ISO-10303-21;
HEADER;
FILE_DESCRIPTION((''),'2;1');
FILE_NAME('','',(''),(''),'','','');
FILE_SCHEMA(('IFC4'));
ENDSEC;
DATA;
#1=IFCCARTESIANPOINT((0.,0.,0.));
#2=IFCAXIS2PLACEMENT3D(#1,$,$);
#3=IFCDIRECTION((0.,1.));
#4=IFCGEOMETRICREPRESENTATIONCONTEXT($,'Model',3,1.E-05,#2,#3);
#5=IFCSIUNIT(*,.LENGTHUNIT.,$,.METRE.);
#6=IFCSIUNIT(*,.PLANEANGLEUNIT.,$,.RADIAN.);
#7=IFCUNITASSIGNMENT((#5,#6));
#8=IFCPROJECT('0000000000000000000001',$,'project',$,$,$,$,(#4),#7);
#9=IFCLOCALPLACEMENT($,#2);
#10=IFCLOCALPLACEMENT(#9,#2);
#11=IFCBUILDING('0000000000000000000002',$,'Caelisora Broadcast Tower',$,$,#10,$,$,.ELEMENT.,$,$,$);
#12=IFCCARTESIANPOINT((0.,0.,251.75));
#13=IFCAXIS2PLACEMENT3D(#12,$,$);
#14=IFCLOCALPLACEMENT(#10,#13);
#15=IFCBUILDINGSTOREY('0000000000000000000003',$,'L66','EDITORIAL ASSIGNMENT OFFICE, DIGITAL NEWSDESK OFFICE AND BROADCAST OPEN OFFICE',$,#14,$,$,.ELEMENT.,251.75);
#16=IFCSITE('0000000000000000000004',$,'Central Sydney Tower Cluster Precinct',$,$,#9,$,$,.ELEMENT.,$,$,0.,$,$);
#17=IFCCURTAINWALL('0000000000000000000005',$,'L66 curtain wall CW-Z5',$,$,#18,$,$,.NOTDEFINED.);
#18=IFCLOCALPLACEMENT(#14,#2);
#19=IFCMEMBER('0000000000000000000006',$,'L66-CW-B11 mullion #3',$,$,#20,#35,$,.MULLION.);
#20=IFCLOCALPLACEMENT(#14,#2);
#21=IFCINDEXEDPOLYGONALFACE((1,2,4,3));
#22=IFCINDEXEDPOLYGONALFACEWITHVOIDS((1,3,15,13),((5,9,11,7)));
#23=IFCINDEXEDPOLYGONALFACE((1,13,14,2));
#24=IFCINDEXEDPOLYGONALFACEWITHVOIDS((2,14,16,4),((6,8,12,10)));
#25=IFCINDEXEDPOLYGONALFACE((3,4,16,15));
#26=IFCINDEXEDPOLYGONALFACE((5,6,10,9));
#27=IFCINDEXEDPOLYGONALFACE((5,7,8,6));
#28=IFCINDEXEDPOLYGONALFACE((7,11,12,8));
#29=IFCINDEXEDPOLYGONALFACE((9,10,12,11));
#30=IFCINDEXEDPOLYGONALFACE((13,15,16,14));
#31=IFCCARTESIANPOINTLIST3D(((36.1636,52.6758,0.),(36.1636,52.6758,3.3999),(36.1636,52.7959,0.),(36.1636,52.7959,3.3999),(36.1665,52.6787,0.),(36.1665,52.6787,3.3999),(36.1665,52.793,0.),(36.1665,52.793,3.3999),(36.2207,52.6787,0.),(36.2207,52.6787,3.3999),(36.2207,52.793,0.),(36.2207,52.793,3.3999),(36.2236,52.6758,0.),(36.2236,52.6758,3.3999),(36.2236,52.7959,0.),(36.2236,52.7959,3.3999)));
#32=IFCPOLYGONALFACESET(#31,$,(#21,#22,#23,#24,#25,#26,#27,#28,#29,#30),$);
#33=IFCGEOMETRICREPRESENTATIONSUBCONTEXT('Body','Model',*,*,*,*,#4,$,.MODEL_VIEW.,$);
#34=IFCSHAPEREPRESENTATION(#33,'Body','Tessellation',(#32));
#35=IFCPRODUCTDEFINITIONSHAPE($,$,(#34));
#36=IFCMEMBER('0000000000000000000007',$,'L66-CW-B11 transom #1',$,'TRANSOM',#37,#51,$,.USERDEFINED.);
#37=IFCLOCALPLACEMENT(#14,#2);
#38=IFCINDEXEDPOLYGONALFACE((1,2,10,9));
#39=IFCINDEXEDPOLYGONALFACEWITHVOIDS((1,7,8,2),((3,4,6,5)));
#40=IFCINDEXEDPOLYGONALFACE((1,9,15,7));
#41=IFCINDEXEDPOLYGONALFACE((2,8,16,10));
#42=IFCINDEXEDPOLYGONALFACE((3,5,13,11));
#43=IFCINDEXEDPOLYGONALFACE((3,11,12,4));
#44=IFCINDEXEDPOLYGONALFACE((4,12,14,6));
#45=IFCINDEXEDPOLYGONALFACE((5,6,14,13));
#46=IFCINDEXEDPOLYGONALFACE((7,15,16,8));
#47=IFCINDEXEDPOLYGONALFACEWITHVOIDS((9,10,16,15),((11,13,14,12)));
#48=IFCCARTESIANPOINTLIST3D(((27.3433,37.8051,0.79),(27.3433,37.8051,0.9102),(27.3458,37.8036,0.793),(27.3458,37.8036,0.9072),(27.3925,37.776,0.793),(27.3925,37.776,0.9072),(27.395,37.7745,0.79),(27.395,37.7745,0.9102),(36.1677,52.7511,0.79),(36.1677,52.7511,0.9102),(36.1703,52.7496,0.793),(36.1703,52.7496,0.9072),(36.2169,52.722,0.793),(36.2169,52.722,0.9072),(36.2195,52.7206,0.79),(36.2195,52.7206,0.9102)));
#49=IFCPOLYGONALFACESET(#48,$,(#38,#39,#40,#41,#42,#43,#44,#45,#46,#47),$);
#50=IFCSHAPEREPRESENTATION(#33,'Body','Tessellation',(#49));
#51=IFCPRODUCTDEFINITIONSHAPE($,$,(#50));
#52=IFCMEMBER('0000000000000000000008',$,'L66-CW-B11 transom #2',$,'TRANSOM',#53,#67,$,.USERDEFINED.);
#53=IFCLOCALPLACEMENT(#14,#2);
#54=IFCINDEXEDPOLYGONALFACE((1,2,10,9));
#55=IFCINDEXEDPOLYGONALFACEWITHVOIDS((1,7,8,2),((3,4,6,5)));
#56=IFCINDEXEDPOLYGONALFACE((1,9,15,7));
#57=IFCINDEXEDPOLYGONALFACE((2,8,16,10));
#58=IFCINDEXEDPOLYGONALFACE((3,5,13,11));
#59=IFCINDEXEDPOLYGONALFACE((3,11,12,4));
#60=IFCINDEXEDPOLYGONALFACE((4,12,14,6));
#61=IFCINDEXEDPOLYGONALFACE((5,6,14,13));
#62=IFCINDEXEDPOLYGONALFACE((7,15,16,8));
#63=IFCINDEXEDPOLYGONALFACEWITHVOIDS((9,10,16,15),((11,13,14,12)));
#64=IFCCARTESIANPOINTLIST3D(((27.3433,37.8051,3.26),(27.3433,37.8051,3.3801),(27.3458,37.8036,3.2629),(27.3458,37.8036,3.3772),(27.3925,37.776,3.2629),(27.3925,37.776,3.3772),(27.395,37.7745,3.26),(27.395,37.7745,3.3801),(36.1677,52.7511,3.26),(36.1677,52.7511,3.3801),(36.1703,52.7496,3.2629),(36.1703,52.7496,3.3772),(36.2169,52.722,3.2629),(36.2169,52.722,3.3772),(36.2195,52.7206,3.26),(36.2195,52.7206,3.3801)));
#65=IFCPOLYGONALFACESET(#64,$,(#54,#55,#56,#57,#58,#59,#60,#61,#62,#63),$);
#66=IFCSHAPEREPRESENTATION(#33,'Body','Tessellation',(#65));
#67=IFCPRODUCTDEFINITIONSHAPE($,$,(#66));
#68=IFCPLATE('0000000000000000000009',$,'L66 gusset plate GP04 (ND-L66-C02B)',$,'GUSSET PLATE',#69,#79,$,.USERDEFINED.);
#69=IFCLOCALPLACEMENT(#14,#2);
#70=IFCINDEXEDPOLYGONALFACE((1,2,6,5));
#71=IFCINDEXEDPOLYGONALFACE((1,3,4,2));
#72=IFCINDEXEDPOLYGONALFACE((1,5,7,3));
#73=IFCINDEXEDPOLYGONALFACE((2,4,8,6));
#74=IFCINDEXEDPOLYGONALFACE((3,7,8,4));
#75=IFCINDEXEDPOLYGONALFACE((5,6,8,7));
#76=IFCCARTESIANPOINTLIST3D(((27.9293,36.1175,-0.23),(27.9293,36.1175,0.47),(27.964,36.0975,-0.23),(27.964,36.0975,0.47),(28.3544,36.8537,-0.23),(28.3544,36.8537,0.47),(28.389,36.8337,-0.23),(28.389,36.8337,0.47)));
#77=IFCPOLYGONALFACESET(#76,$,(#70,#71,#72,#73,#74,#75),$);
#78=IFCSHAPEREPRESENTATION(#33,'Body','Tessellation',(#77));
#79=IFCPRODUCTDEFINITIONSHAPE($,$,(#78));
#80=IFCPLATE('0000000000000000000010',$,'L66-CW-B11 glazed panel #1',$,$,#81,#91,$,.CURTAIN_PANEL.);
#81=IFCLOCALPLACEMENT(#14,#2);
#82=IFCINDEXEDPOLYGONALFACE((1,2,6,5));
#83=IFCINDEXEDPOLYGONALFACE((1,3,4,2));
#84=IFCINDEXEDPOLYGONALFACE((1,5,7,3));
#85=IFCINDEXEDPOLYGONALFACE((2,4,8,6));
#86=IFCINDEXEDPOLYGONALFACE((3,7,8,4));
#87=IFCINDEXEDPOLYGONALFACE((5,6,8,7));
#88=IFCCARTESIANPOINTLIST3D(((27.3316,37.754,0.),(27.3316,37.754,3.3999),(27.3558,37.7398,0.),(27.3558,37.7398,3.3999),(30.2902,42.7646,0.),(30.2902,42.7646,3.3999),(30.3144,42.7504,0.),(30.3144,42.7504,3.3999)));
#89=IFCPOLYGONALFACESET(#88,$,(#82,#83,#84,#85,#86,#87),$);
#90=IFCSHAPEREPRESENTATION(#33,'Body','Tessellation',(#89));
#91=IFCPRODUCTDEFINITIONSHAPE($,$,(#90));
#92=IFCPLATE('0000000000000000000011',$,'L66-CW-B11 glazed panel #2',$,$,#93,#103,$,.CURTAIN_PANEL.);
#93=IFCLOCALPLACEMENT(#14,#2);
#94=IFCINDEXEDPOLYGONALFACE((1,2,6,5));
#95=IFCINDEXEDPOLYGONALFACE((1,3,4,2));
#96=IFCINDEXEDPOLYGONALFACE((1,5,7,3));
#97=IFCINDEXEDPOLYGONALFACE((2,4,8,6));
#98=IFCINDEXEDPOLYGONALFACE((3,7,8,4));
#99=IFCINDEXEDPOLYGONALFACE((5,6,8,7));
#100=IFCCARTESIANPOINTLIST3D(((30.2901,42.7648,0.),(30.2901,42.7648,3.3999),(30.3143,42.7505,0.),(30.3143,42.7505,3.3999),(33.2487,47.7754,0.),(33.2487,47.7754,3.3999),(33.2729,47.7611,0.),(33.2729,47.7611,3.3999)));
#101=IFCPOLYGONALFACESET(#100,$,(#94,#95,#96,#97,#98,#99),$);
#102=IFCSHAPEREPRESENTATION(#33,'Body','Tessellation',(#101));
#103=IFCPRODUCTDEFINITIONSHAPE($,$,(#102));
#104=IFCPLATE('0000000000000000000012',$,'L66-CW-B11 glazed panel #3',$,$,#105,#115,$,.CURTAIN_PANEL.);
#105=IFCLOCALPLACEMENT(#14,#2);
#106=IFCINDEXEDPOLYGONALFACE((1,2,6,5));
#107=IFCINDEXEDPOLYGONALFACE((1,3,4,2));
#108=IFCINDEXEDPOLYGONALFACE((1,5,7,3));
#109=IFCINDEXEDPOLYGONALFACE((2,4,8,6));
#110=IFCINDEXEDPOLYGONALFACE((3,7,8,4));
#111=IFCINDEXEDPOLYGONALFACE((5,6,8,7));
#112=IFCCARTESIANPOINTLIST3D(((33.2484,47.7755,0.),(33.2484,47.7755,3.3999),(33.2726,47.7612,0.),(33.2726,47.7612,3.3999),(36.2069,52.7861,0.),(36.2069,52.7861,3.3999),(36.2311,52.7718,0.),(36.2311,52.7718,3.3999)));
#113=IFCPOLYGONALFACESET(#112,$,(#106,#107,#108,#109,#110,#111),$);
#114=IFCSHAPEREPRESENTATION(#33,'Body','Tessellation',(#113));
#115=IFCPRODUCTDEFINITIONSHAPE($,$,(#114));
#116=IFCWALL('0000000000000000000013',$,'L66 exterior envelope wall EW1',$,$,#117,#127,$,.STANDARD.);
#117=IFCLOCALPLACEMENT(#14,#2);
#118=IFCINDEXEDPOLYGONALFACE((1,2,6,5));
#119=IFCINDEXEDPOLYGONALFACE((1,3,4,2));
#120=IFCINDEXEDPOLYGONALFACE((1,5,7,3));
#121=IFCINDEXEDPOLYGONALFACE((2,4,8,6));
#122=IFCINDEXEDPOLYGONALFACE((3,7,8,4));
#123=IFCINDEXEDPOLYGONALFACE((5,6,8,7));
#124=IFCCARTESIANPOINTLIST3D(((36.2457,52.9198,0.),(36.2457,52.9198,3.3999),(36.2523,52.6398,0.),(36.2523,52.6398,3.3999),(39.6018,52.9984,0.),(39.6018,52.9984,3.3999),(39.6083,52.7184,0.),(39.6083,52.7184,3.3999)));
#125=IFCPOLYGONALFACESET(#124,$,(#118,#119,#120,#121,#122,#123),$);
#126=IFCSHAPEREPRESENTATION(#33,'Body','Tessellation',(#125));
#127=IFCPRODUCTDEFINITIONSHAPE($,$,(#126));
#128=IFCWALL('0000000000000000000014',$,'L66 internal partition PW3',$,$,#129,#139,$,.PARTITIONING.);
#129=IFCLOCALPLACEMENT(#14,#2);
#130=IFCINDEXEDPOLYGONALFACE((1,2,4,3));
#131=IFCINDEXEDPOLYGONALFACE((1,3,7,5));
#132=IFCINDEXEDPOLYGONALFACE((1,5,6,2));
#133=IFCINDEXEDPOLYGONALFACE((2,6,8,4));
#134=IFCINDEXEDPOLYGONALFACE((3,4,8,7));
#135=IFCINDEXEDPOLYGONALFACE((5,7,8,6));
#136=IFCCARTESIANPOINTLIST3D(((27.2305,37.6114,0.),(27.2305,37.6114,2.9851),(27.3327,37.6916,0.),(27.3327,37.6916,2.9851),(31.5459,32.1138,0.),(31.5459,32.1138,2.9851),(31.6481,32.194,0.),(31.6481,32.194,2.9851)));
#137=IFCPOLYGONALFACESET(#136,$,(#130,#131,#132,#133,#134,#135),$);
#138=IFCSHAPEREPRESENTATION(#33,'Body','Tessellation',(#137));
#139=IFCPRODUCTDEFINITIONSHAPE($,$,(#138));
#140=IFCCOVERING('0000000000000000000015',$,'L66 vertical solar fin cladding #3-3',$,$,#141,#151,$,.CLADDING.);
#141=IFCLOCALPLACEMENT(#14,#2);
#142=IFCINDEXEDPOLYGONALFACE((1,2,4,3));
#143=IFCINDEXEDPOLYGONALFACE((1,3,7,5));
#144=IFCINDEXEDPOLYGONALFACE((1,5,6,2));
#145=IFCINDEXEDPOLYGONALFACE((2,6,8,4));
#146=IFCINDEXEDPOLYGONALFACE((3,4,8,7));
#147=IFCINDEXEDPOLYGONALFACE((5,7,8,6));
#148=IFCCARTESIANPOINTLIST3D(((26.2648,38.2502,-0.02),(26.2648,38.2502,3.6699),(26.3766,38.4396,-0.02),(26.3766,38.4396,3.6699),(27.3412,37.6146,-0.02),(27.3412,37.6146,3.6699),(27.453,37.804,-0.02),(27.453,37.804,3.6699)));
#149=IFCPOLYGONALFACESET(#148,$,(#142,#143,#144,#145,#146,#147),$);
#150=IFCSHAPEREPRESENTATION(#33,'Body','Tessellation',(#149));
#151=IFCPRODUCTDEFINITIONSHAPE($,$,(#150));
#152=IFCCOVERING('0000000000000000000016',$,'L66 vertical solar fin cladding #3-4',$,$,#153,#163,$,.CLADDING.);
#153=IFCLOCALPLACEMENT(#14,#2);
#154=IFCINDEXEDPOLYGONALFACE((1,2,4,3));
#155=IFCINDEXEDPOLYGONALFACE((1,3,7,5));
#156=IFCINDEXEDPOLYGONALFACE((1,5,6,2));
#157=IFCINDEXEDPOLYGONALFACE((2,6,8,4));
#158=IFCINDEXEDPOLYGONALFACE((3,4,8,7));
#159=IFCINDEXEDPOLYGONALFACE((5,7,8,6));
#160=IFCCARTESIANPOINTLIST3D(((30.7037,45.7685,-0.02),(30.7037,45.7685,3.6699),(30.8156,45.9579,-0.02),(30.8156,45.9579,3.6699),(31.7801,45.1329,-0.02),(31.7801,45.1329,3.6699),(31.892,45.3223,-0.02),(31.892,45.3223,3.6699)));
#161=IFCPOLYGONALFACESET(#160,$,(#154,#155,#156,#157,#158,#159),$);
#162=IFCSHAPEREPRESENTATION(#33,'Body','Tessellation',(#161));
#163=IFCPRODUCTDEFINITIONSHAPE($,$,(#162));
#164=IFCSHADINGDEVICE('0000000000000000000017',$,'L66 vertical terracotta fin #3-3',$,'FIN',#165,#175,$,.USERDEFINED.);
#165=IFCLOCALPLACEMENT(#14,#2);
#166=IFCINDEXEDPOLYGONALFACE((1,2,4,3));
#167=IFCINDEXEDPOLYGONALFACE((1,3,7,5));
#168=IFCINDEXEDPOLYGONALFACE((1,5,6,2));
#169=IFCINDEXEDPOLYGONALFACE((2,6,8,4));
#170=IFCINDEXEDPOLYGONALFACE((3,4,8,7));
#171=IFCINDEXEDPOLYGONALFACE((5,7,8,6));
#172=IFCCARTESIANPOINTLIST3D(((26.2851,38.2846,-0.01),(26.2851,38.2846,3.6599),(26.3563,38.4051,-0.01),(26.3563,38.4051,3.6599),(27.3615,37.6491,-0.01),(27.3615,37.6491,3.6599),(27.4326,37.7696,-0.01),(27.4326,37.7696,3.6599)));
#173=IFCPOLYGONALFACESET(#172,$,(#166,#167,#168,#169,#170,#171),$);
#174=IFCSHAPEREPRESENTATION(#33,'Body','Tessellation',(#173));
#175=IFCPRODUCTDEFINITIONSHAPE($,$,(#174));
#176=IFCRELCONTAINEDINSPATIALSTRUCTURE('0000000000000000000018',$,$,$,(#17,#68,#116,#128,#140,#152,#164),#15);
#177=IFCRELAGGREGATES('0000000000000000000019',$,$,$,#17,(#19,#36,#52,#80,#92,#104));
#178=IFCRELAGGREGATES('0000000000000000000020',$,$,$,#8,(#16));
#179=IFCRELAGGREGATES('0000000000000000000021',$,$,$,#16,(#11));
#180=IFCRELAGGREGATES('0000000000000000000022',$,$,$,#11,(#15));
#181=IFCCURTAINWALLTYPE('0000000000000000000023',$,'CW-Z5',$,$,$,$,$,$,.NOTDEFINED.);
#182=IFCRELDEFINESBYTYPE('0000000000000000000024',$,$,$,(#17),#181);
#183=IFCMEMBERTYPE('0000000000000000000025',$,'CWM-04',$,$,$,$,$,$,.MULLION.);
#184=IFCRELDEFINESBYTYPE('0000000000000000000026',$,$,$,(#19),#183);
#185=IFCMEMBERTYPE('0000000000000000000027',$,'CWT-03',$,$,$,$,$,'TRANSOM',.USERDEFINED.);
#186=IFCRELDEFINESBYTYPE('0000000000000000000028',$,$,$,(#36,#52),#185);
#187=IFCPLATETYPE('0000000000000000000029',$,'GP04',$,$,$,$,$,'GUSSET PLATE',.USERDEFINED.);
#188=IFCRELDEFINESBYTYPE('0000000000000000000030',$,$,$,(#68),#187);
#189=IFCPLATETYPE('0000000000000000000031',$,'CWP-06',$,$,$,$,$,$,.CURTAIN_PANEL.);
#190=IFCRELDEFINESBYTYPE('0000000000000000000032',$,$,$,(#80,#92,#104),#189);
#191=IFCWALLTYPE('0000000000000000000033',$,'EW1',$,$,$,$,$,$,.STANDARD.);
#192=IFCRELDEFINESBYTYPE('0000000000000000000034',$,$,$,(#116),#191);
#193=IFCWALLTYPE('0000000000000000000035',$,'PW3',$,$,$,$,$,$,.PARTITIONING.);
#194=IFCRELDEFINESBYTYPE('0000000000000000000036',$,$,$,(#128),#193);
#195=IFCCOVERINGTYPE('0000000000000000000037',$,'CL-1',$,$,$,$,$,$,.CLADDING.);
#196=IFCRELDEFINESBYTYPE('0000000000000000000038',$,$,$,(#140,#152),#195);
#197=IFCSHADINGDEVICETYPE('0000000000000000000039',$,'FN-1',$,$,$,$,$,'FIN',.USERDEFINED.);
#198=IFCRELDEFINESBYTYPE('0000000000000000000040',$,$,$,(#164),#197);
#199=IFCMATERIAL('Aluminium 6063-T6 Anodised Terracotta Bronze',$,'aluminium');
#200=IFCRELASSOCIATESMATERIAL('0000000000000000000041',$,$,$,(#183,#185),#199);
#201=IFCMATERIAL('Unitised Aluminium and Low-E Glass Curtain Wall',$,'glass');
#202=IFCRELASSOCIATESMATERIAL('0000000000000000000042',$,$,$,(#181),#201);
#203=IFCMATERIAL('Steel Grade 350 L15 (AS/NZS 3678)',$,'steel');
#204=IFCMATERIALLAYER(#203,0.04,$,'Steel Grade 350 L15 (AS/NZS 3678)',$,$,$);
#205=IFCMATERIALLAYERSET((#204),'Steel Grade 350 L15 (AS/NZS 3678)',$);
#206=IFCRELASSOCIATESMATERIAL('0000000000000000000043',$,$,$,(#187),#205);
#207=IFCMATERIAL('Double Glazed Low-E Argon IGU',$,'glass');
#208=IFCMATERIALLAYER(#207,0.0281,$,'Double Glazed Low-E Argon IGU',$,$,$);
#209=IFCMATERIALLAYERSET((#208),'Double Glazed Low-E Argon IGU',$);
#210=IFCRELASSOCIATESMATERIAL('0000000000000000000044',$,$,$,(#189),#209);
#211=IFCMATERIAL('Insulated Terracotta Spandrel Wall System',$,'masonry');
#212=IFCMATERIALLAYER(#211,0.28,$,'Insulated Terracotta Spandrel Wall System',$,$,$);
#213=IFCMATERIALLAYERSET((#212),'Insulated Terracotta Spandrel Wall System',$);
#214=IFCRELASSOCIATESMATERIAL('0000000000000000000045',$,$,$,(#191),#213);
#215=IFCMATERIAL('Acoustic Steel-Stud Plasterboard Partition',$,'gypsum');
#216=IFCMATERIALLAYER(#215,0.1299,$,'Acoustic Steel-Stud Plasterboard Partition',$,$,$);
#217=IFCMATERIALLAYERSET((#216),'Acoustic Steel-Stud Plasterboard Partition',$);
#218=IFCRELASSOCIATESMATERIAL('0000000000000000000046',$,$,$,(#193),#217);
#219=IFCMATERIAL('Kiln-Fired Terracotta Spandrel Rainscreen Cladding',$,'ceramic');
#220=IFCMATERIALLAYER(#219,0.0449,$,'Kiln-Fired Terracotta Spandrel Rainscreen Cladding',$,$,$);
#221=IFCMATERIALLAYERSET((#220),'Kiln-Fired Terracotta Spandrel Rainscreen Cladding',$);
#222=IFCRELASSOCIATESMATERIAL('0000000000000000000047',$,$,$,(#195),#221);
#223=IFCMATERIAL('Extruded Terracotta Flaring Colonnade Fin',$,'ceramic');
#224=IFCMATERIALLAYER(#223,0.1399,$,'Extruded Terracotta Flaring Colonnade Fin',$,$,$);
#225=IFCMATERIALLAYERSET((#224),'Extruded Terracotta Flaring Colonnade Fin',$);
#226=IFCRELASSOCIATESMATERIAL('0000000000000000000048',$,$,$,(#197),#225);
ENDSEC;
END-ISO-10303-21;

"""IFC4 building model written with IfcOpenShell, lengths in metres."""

from ifc_helpers import new_model, si_unit, direction, frame, frame_2d, origin, origin_2d, place, context, subcontext, project, spatial, rectangle, hollow_rectangle, extrude, source, transform, mapped, material, layer, layer_set, material_profile, profile_set, type_object, type_shapes, element, aggregate, save


model = new_model("IFC4")

# Units and contexts
model_context = context("Model", 3, precision=1e-05, world=origin(), true_north=direction((0.0, 1.0)))
body_context = subcontext(model_context, "Body", "Model", "MODEL_VIEW")
ifc_project = project(units=[si_unit("LENGTHUNIT", "METRE"), si_unit("PLANEANGLEUNIT", "RADIAN")], contexts=[model_context])

# Site, building, storey
site_placement = place(None, origin())
site = spatial("IfcSite", under=ifc_project, at=site_placement, Name="Central Sydney Tower Cluster Precinct", CompositionType="ELEMENT", RefElevation=0.0)
building_placement = place(site_placement, origin())
building = spatial("IfcBuilding", under=site, at=building_placement, Name="Caelisora Broadcast Tower", CompositionType="ELEMENT")
storey_placement = place(building_placement, frame((0.0, 0.0, 251.75)))
storey = spatial("IfcBuildingStorey", under=building, at=storey_placement, Name="L66", Description="EDITORIAL ASSIGNMENT OFFICE, DIGITAL NEWSDESK OFFICE AND BROADCAST OPEN OFFICE", CompositionType="ELEMENT", Elevation=251.75)

# Shared definitions
ifc_material_1 = material(Name="Steel Grade 350 L15 (AS/NZS 3678)", Category="steel")

# Shared definitions
ifc_material_2 = material(Name="Aluminium 6063-T6 Anodised Terracotta Bronze", Category="aluminium")
ifc_material_profile_1 = material_profile(ifc_material_2, hollow_rectangle(XDim=0.0601, YDim=0.1201, WallThickness=0.0029, at=origin_2d()), Name="Aluminium 6063-T6 Anodised Terracotta Bronze")
ifc_profile_set_1 = profile_set([ifc_material_profile_1], Name="Aluminium 6063-T6 Anodised Terracotta Bronze")
member_type_1 = type_object("IfcMemberType", Name="CWM-04", PredefinedType="MULLION", material=ifc_profile_set_1)
shared_shape_1 = source(origin(), body_context, "Body", "SweptSolid", [
    extrude(hollow_rectangle(XDim=0.0601, YDim=0.1201, WallThickness=0.0029, at=origin_2d()), origin(), (0.0, 0.0, 1.0), 3.3999),
])
type_shapes(member_type_1, [shared_shape_1])

# Curtain wall, members
ifc_material_3 = material(Name="Unitised Aluminium and Low-E Glass Curtain Wall", Category="glass")
curtain_wall_type_1 = type_object("IfcCurtainWallType", Name="CW-Z5", PredefinedType="NOTDEFINED", material=ifc_material_3)
curtain_wall_1_placement = place(storey_placement, origin())
curtain_wall_1 = element("IfcCurtainWall", 1, at=curtain_wall_1_placement, inside=storey, type_object=curtain_wall_type_1, Name="L66 curtain wall CW-Z5", PredefinedType="NOTDEFINED")
member_1_placement = place(storey_placement, frame((36.1936, 52.7358, 0.0), z_axis=(0.0, 0.0, 1.0), x_axis=(1.0, 0.0, 0.0)))
member_1 = element("IfcMember", 2, at=member_1_placement, type_object=member_type_1, Name="L66-CW-B11 mullion #3", PredefinedType="MULLION", context=body_context, shape_type="MappedRepresentation", body=[
    mapped(shared_shape_1, transform((0.0, 0.0, 0.0), scale=1.0)),
])
ifc_material_profile_2 = material_profile(ifc_material_2, hollow_rectangle(XDim=0.0601, YDim=0.1201, WallThickness=0.0029, at=origin_2d()), Name="Aluminium 6063-T6 Anodised Terracotta Bronze")
ifc_profile_set_2 = profile_set([ifc_material_profile_2], Name="Aluminium 6063-T6 Anodised Terracotta Bronze")
member_type_2 = type_object("IfcMemberType", Name="CWT-03", ElementType="TRANSOM", PredefinedType="USERDEFINED", material=ifc_profile_set_2)
shared_shape_2 = source(origin(), body_context, "Body", "SweptSolid", [
    extrude(hollow_rectangle(XDim=0.0601, YDim=0.1201, WallThickness=0.0029, at=origin_2d()), origin(), (0.0, 0.0, 1.0), 17.3567),
])
type_shapes(member_type_2, [shared_shape_2])
member_2_placement = place(storey_placement, frame((27.3691, 37.7898, 0.8501), z_axis=(0.508418, 0.86111, 0.0), x_axis=(-0.86111, 0.508418, 0.0)))
member_2 = element("IfcMember", 3, at=member_2_placement, type_object=member_type_2, Name="L66-CW-B11 transom #1", ObjectType="TRANSOM", PredefinedType="USERDEFINED", context=body_context, shape_type="MappedRepresentation", body=[
    mapped(shared_shape_2, transform((0.0, 0.0, 0.0), scale=1.0)),
])
member_3_placement = place(storey_placement, frame((27.3691, 37.7898, 3.3201), z_axis=(0.508418, 0.86111, 0.0), x_axis=(-0.86111, 0.508418, 0.0)))
member_3 = element("IfcMember", 4, at=member_3_placement, type_object=member_type_2, Name="L66-CW-B11 transom #2", ObjectType="TRANSOM", PredefinedType="USERDEFINED", context=body_context, shape_type="MappedRepresentation", body=[
    mapped(shared_shape_2, transform((0.0, 0.0, 0.0), scale=1.0)),
])

# Plates
ifc_layer_1 = layer(ifc_material_1, 0.04, Name="Steel Grade 350 L15 (AS/NZS 3678)")
ifc_layer_set_1 = layer_set([ifc_layer_1], Name="Steel Grade 350 L15 (AS/NZS 3678)")
plate_type_1 = type_object("IfcPlateType", Name="GP04", ElementType="GUSSET PLATE", PredefinedType="USERDEFINED", material=ifc_layer_set_1)
shared_shape_3 = source(origin(), body_context, "Body", "SweptSolid", [
    extrude(rectangle(XDim=0.8501, YDim=0.04, at=origin_2d()), origin(), (0.0, 0.0, 1.0), 0.7),
])
type_shapes(plate_type_1, [shared_shape_3])
plate_1_placement = place(storey_placement, frame((28.1592, 36.4756, -0.23), z_axis=(0.0, 0.0, 1.0), x_axis=(-0.5, -0.866025, 0.0)))
element("IfcPlate", 5, at=plate_1_placement, inside=storey, type_object=plate_type_1, Name="L66 gusset plate GP04 (ND-L66-C02B)", ObjectType="GUSSET PLATE", PredefinedType="USERDEFINED", context=body_context, shape_type="MappedRepresentation", body=[
    mapped(shared_shape_3, transform((0.0, 0.0, 0.0), scale=1.0)),
])
ifc_material_4 = material(Name="Double Glazed Low-E Argon IGU", Category="glass")
ifc_layer_2 = layer(ifc_material_4, 0.0281, Name="Double Glazed Low-E Argon IGU")
ifc_layer_set_2 = layer_set([ifc_layer_2], Name="Double Glazed Low-E Argon IGU")
plate_type_2 = type_object("IfcPlateType", Name="CWP-06", PredefinedType="CURTAIN_PANEL", material=ifc_layer_set_2)
shared_shape_4 = source(origin(), body_context, "Body", "SweptSolid", [
    extrude(rectangle(XDim=5.8188, YDim=0.0281, at=origin_2d()), origin(), (0.0, 0.0, 1.0), 3.3999),
])
type_shapes(plate_type_2, [shared_shape_4])
plate_2_placement = place(storey_placement, frame((28.823, 40.2522, 0.0), z_axis=(0.0, 0.0, 1.0), x_axis=(0.50844, 0.861097, 0.0)))
plate_2 = element("IfcPlate", 6, at=plate_2_placement, type_object=plate_type_2, Name="L66-CW-B11 glazed panel #1", PredefinedType="CURTAIN_PANEL", context=body_context, shape_type="MappedRepresentation", body=[
    mapped(shared_shape_4, transform((0.0, 0.0, 0.0), scale=1.0)),
])
plate_3_placement = place(storey_placement, frame((31.7815, 45.2629, 0.0), z_axis=(0.0, 0.0, 1.0), x_axis=(0.50844, 0.861097, 0.0)))
plate_3 = element("IfcPlate", 7, at=plate_3_placement, type_object=plate_type_2, Name="L66-CW-B11 glazed panel #2", PredefinedType="CURTAIN_PANEL", context=body_context, shape_type="MappedRepresentation", body=[
    mapped(shared_shape_4, transform((0.0, 0.0, 0.0), scale=1.0)),
])
plate_4_placement = place(storey_placement, frame((34.7397, 50.2737, 0.0), z_axis=(0.0, 0.0, 1.0), x_axis=(0.50844, 0.861097, 0.0)))
plate_4 = element("IfcPlate", 8, at=plate_4_placement, type_object=plate_type_2, Name="L66-CW-B11 glazed panel #3", PredefinedType="CURTAIN_PANEL", context=body_context, shape_type="MappedRepresentation", body=[
    mapped(shared_shape_4, transform((0.0, 0.0, 0.0), scale=1.0)),
])
aggregate(curtain_wall_1, [member_1, member_2, member_3, plate_2, plate_3, plate_4])

# Walls
ifc_material_5 = material(Name="Insulated Terracotta Spandrel Wall System", Category="masonry")
ifc_layer_3 = layer(ifc_material_5, 0.28, Name="Insulated Terracotta Spandrel Wall System")
ifc_layer_set_3 = layer_set([ifc_layer_3], Name="Insulated Terracotta Spandrel Wall System")
wall_type_1 = type_object("IfcWallType", Name="EW1", PredefinedType="STANDARD", material=ifc_layer_set_3)
wall_1_placement = place(storey_placement, frame((36.249, 52.7798, 0.0), z_axis=(0.0, 0.0, 1.0), x_axis=(0.999726, 0.023419, 0.0)))
element("IfcWall", 9, at=wall_1_placement, inside=storey, type_object=wall_type_1, Name="L66 exterior envelope wall EW1", PredefinedType="STANDARD", context=body_context, shape_type="SweptSolid", body=[
    extrude(rectangle(XDim=3.3569, YDim=0.28, at=frame_2d((1.6785, 0.0))), origin(), (0.0, 0.0, 1.0), 3.3999),
])
ifc_material_6 = material(Name="Acoustic Steel-Stud Plasterboard Partition", Category="gypsum")
ifc_layer_4 = layer(ifc_material_6, 0.1299, Name="Acoustic Steel-Stud Plasterboard Partition")
ifc_layer_set_4 = layer_set([ifc_layer_4], Name="Acoustic Steel-Stud Plasterboard Partition")
wall_type_2 = type_object("IfcWallType", Name="PW3", PredefinedType="PARTITIONING", material=ifc_layer_set_4)
wall_2_placement = place(storey_placement, frame((27.2815, 37.6516, 0.0), z_axis=(0.0, 0.0, 1.0), x_axis=(0.61746, -0.786602, 0.0)))
element("IfcWall", 10, at=wall_2_placement, inside=storey, type_object=wall_type_2, Name="L66 internal partition PW3", PredefinedType="PARTITIONING", context=body_context, shape_type="SweptSolid", body=[
    extrude(rectangle(XDim=6.989, YDim=0.1299, at=frame_2d((3.4946, 0.0))), origin(), (0.0, 0.0, 1.0), 2.9851),
])

# Coverings
ifc_material_7 = material(Name="Kiln-Fired Terracotta Spandrel Rainscreen Cladding", Category="ceramic")
ifc_layer_5 = layer(ifc_material_7, 0.0449, Name="Kiln-Fired Terracotta Spandrel Rainscreen Cladding")
ifc_layer_set_5 = layer_set([ifc_layer_5], Name="Kiln-Fired Terracotta Spandrel Rainscreen Cladding")
covering_type = type_object("IfcCoveringType", Name="CL-1", PredefinedType="CLADDING", material=ifc_layer_set_5)
shared_shape_5 = source(origin(), body_context, "Body", "SweptSolid", [
    extrude(rectangle(XDim=0.22, YDim=1.25, at=origin_2d()), origin(), (0.0, 0.0, 1.0), 3.6899),
])
type_shapes(covering_type, [shared_shape_5])
for number, where, z_axis, x_axis, name in (
    (11, (26.8589, 38.0271, -0.02), (0.0, 0.0, 1.0), (0.50844, 0.861097, 0.0), "L66 vertical solar fin cladding #3-3"),
    (12, (31.2979, 45.5454, -0.02), (0.0, 0.0, 1.0), (0.50844, 0.861097, 0.0), "L66 vertical solar fin cladding #3-4"),
):
    element("IfcCovering", number, at=place(storey_placement, frame(where, z_axis=z_axis, x_axis=x_axis)), inside=storey, type_object=covering_type, Name=name, PredefinedType="CLADDING", context=body_context, shape_type="MappedRepresentation", body=[
        mapped(shared_shape_5, transform((0.0, 0.0, 0.0), scale=1.0)),
    ])

# Shading device
ifc_material_8 = material(Name="Extruded Terracotta Flaring Colonnade Fin", Category="ceramic")
ifc_layer_6 = layer(ifc_material_8, 0.1399, Name="Extruded Terracotta Flaring Colonnade Fin")
ifc_layer_set_6 = layer_set([ifc_layer_6], Name="Extruded Terracotta Flaring Colonnade Fin")
shading_device_type = type_object("IfcShadingDeviceType", Name="FN-1", ElementType="FIN", PredefinedType="USERDEFINED", material=ifc_layer_set_6)
shared_shape_6 = source(origin(), body_context, "Body", "SweptSolid", [
    extrude(rectangle(XDim=0.1399, YDim=1.25, at=origin_2d()), origin(), (0.0, 0.0, 1.0), 3.6699),
])
type_shapes(shading_device_type, [shared_shape_6])
for number, where, z_axis, x_axis, name in (
    (13, (26.8589, 38.0271, -0.01), (0.0, 0.0, 1.0), (0.50844, 0.861097, 0.0), "L66 vertical terracotta fin #3-3"),
):
    element("IfcShadingDevice", number, at=place(storey_placement, frame(where, z_axis=z_axis, x_axis=x_axis)), inside=storey, type_object=shading_device_type, Name=name, ObjectType="FIN", PredefinedType="USERDEFINED", context=body_context, shape_type="MappedRepresentation", body=[
        mapped(shared_shape_6, transform((0.0, 0.0, 0.0), scale=1.0)),
    ])

save(model, "model.ifc")
